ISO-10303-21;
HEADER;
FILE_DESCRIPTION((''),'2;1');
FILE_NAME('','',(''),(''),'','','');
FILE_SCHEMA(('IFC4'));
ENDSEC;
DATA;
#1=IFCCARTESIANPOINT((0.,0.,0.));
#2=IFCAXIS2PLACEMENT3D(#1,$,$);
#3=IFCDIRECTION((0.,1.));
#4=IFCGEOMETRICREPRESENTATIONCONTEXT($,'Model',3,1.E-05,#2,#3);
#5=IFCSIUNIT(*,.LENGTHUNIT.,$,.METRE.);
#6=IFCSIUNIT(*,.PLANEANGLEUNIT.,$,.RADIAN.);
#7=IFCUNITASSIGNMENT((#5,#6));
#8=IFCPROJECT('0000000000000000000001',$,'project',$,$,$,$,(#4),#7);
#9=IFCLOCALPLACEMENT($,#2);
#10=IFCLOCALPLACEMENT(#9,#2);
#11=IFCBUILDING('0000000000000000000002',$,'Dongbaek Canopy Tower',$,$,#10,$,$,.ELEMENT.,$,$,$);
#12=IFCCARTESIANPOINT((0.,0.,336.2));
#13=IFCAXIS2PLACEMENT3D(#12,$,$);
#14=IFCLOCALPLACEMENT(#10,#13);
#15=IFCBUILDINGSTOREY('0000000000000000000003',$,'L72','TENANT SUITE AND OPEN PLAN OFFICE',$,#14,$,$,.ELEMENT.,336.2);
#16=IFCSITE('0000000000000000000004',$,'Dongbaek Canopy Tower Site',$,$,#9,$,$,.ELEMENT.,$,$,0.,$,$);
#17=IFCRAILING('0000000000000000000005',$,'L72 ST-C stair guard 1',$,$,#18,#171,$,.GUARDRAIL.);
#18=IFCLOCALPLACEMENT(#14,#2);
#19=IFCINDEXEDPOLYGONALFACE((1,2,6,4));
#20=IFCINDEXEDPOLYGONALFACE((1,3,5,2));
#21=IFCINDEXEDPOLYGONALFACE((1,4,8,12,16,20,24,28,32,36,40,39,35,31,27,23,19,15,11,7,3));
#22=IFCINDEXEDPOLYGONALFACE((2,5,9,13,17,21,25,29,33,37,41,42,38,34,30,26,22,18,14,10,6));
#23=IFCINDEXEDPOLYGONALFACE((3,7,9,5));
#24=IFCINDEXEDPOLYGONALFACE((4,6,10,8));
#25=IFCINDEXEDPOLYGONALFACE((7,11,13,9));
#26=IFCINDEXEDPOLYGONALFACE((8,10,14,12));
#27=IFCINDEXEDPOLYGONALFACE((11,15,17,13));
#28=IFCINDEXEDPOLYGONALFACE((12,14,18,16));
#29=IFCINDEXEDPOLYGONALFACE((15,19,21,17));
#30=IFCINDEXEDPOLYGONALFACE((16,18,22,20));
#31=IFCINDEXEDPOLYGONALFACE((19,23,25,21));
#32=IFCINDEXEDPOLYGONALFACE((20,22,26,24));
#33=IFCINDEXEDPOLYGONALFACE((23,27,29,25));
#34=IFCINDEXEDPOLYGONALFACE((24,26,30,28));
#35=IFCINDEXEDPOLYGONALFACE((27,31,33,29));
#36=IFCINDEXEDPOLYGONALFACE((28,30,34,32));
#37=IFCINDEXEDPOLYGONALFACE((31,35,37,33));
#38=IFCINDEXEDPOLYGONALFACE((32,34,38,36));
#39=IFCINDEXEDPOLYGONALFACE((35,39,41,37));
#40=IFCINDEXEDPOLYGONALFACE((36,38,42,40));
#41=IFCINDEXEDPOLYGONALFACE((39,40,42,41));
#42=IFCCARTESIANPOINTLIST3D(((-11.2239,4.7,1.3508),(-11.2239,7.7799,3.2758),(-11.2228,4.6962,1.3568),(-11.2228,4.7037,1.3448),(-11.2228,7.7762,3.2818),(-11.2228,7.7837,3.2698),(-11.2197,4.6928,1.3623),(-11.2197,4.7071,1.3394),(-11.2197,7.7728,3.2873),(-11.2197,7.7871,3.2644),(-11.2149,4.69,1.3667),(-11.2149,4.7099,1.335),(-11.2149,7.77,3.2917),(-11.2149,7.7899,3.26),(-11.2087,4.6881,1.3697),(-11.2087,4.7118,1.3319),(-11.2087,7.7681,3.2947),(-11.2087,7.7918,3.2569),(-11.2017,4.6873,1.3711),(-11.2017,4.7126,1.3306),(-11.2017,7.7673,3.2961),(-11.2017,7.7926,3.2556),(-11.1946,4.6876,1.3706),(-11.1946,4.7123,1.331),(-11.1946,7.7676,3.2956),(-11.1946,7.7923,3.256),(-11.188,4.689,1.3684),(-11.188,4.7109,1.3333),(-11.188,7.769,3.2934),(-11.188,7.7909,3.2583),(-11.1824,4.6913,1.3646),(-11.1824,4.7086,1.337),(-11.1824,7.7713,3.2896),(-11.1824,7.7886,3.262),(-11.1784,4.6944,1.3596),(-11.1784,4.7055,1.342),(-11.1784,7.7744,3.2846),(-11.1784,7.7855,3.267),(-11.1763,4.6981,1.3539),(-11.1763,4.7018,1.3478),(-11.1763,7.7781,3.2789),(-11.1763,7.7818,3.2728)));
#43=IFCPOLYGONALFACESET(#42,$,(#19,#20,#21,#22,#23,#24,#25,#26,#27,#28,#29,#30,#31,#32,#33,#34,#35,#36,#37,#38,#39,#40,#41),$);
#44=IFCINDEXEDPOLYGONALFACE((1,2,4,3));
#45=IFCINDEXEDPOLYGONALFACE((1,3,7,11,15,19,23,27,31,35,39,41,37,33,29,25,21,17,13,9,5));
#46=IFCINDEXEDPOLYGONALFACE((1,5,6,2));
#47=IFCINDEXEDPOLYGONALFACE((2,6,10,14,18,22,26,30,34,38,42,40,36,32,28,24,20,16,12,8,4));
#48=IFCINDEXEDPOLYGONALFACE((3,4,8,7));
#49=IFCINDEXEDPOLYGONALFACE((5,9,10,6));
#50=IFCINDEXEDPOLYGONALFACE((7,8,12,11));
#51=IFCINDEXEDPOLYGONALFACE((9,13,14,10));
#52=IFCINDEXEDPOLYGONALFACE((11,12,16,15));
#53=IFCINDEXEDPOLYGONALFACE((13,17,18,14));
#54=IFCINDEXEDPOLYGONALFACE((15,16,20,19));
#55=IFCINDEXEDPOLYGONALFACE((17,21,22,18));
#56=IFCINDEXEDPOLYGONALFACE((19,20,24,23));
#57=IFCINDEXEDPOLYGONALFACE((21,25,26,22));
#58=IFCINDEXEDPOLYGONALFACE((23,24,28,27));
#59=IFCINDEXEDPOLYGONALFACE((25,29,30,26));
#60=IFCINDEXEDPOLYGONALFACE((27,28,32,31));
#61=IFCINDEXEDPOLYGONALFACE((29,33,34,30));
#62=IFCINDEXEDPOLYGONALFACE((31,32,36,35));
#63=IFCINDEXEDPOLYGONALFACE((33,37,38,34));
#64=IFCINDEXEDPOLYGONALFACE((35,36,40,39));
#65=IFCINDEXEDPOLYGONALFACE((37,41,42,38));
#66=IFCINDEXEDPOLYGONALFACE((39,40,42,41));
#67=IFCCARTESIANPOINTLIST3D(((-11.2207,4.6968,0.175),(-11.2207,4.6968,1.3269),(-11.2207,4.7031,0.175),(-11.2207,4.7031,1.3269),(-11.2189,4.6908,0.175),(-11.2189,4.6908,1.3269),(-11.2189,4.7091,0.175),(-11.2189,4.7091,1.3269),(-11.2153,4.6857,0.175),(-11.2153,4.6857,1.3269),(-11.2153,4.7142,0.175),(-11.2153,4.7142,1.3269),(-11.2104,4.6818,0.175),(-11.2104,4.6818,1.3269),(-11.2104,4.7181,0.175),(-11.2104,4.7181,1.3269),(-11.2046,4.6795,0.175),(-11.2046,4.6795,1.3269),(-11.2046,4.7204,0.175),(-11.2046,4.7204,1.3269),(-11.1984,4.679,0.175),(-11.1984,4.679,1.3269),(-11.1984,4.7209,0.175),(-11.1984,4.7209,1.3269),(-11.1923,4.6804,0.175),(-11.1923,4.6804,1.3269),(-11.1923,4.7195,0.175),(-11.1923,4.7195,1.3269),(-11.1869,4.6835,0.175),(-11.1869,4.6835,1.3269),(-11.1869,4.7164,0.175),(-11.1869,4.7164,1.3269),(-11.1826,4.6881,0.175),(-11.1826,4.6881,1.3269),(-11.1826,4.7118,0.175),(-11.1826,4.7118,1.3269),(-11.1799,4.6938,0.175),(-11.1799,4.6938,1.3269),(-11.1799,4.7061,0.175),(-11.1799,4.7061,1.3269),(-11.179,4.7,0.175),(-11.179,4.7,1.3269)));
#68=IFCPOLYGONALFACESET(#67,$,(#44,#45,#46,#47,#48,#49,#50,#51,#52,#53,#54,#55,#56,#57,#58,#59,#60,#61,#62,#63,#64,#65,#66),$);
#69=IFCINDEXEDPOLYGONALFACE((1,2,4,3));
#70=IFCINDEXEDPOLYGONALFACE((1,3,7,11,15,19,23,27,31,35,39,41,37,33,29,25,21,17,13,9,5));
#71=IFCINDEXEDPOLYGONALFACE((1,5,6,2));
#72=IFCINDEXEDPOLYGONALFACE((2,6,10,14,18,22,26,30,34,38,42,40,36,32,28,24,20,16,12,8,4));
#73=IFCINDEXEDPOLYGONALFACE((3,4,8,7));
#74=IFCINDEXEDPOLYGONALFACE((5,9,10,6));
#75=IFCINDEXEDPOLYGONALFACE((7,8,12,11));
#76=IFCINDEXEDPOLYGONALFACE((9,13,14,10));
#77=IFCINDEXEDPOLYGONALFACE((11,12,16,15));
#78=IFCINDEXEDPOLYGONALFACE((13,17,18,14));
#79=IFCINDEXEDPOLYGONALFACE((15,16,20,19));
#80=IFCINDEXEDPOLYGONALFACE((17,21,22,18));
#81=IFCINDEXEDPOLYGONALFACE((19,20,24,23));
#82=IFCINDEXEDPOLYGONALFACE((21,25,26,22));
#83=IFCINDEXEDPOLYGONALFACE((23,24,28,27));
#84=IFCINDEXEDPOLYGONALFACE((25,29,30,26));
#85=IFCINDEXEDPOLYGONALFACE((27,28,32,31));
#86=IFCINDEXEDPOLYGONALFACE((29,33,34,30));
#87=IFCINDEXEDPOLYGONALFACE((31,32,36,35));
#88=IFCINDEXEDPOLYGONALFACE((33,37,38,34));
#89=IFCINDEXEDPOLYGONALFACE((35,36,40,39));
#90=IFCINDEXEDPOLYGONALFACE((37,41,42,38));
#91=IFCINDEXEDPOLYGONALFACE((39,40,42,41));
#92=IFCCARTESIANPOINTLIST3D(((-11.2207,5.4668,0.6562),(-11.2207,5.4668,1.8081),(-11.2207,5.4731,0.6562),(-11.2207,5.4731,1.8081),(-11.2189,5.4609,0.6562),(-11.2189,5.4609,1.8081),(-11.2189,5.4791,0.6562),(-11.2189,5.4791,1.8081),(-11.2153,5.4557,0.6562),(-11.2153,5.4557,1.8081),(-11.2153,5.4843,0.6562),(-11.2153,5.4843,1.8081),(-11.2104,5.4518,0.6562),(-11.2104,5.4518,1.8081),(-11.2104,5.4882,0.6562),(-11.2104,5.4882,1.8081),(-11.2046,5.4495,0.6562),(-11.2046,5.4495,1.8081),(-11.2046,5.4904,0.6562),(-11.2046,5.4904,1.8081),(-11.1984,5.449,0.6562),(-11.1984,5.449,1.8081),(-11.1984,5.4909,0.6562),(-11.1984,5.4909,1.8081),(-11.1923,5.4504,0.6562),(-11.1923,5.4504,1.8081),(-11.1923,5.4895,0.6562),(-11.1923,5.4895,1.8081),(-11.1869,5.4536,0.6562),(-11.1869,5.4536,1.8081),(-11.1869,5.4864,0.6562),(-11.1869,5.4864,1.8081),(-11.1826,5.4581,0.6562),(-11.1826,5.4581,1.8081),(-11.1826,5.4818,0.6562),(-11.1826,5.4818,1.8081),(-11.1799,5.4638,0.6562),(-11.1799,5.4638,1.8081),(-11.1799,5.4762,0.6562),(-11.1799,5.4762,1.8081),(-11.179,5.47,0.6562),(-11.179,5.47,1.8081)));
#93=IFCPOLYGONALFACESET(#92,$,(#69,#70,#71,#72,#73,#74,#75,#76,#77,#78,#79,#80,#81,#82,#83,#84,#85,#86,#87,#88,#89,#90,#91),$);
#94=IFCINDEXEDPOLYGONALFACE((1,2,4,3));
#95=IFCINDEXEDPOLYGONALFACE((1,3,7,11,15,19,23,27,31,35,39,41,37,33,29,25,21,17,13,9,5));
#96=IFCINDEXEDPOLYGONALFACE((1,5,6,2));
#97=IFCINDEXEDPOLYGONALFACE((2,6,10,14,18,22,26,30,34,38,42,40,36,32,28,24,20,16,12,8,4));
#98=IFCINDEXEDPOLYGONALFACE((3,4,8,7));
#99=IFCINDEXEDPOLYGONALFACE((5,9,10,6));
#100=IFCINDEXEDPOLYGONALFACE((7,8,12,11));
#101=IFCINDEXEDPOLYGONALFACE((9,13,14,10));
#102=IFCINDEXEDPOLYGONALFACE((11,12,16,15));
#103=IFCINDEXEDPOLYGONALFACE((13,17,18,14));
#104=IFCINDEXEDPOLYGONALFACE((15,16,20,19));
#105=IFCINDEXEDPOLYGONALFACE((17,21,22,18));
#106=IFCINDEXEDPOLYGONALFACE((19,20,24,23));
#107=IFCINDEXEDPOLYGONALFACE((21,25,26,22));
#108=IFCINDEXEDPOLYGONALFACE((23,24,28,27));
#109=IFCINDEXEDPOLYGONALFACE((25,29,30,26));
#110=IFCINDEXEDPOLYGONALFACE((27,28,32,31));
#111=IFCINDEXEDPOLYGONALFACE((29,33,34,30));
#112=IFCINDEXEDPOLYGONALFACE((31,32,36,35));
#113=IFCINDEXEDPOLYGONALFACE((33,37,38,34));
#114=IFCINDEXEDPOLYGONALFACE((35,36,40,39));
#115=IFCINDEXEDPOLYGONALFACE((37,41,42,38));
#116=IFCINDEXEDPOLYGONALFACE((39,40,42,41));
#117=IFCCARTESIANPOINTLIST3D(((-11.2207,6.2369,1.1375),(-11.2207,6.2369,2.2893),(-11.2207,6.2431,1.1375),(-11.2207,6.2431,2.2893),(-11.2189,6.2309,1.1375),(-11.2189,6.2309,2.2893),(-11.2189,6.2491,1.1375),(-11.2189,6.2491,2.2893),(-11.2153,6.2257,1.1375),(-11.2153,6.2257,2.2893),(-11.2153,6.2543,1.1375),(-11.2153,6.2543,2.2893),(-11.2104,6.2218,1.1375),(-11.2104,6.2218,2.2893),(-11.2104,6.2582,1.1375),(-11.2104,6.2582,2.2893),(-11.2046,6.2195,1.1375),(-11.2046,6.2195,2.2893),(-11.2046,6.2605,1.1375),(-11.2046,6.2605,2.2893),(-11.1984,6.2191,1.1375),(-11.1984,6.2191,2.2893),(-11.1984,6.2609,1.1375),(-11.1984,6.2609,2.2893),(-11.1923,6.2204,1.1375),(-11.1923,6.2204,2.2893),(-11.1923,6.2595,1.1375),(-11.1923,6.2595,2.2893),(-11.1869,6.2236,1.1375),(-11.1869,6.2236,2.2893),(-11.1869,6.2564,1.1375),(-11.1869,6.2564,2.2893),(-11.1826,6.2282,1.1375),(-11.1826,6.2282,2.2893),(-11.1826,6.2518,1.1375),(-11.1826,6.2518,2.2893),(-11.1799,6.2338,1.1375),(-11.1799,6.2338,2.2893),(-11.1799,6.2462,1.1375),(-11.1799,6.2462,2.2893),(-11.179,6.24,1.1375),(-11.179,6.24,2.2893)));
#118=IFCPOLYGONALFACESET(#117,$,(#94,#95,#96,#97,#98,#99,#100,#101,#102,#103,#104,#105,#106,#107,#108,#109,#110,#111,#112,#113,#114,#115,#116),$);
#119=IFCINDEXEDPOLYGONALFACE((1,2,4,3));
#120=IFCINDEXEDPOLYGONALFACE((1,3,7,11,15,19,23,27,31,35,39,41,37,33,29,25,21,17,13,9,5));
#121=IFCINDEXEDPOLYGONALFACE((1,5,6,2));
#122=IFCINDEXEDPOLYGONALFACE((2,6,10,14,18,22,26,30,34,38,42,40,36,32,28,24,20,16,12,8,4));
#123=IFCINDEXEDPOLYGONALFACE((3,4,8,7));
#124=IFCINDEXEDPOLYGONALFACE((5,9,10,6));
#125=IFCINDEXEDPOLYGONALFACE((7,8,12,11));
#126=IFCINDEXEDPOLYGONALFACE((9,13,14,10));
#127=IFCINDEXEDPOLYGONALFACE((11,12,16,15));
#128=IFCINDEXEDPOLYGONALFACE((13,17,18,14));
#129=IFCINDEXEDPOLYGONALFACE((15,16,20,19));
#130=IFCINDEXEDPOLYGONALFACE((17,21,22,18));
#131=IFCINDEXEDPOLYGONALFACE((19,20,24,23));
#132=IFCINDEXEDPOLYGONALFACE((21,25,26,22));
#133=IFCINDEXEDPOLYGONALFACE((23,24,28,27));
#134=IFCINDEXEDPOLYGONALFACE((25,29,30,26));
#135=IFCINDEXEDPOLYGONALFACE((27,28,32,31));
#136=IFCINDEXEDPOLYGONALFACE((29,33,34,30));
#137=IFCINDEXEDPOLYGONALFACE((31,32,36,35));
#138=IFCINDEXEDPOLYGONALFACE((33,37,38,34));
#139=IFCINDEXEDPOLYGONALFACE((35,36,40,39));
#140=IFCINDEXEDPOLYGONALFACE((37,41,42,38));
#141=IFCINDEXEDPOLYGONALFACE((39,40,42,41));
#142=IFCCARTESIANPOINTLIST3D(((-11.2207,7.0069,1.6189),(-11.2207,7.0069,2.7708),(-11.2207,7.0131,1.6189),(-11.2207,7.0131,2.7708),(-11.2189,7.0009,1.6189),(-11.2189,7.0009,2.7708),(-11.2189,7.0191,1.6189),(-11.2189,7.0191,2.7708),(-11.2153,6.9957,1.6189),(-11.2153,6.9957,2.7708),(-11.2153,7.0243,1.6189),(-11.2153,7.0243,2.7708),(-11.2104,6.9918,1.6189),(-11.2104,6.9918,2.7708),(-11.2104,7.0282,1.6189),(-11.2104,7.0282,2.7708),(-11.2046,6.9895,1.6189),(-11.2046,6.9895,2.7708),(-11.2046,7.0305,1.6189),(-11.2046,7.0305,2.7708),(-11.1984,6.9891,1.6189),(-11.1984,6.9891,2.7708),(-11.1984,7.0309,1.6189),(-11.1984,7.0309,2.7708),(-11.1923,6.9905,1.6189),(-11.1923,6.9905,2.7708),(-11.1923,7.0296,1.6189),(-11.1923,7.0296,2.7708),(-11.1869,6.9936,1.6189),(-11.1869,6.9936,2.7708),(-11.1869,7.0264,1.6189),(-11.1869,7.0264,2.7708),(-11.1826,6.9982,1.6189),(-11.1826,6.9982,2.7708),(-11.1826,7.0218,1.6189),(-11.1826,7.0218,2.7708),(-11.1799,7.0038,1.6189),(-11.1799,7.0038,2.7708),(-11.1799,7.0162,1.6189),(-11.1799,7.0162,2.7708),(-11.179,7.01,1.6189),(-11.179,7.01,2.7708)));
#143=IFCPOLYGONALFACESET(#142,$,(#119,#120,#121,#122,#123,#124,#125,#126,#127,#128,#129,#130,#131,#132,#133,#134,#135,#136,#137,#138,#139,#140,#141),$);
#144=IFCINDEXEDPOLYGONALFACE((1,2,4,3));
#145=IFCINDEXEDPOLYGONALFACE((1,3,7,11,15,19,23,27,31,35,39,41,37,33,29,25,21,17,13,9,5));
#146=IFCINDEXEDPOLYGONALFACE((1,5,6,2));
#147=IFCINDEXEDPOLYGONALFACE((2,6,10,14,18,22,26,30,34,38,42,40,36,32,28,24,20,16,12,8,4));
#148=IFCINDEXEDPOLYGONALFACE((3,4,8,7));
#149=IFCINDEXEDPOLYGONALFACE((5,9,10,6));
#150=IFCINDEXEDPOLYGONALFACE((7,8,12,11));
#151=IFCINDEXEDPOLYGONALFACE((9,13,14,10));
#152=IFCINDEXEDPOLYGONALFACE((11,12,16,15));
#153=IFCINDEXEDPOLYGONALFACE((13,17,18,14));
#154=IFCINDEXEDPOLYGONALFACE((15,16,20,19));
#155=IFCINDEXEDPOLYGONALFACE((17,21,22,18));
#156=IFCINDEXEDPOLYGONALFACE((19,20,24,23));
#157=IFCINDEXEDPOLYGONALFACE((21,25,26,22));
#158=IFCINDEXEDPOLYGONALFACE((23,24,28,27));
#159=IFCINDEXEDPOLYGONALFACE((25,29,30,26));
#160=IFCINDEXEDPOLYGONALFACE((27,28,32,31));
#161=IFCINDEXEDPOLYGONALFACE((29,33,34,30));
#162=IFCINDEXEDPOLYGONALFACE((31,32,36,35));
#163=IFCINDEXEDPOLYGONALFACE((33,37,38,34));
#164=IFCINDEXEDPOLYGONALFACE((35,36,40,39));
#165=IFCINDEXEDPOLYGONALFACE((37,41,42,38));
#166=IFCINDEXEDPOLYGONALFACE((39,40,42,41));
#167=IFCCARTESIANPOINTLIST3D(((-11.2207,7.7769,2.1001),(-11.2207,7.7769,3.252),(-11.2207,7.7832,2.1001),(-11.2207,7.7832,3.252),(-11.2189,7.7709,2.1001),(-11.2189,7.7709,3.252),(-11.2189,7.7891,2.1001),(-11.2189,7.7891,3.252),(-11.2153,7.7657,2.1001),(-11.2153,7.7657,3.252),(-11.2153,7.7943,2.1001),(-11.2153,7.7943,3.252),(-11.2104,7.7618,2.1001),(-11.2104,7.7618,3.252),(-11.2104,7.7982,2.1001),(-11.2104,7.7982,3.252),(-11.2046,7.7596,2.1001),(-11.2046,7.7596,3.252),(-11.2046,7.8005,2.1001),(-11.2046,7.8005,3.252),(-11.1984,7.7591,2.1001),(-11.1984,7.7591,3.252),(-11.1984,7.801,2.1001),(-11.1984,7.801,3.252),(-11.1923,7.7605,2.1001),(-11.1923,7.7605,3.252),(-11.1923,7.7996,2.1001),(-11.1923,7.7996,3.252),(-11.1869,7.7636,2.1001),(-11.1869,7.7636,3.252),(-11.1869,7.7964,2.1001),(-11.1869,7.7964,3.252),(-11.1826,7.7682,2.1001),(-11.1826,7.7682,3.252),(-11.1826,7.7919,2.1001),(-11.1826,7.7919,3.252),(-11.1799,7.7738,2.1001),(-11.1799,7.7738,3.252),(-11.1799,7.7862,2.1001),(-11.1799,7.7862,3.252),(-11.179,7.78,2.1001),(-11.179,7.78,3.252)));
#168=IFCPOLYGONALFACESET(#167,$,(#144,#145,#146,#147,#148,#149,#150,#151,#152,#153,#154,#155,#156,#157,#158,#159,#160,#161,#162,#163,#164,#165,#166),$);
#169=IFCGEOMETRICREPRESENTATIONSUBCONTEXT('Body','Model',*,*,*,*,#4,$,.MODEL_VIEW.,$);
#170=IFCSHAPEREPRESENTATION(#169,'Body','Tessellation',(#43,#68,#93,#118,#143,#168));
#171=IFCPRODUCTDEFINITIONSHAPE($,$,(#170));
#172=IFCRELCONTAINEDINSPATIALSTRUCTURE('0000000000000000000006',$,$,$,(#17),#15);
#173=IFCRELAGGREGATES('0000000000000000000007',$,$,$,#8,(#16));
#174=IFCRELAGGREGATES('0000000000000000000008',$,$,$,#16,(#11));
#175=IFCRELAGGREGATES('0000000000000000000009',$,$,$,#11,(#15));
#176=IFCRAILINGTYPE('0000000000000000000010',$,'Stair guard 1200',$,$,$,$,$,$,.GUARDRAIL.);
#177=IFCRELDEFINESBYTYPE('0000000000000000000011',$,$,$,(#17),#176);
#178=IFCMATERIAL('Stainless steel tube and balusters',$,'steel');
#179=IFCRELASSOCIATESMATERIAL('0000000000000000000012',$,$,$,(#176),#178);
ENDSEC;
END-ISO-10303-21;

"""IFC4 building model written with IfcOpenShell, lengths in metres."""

from ifc_helpers import new_model, si_unit, direction, frame, origin, origin_2d, place, context, subcontext, project, spatial, circle, extrude, material, type_object, element, save


model = new_model("IFC4")

# Units and contexts
model_context = context("Model", 3, precision=1e-05, world=origin(), true_north=direction((0.0, 1.0)))
body_context = subcontext(model_context, "Body", "Model", "MODEL_VIEW")
ifc_project = project(units=[si_unit("LENGTHUNIT", "METRE"), si_unit("PLANEANGLEUNIT", "RADIAN")], contexts=[model_context])

# Site, building, storey
site_placement = place(None, origin())
site = spatial("IfcSite", under=ifc_project, at=site_placement, Name="Dongbaek Canopy Tower Site", CompositionType="ELEMENT", RefElevation=0.0)
building_placement = place(site_placement, origin())
building = spatial("IfcBuilding", under=site, at=building_placement, Name="Dongbaek Canopy Tower", CompositionType="ELEMENT")
storey_placement = place(building_placement, frame((0.0, 0.0, 336.2)))
storey = spatial("IfcBuildingStorey", under=building, at=storey_placement, Name="L72", Description="TENANT SUITE AND OPEN PLAN OFFICE", CompositionType="ELEMENT", Elevation=336.2)

# Railing
ifc_material_1 = material(Name="Stainless steel tube and balusters", Category="steel")
railing_type_1 = type_object("IfcRailingType", Name="Stair guard 1200", PredefinedType="GUARDRAIL", material=ifc_material_1)
railing_1_placement = place(storey_placement, frame((-11.2, 4.7, 0.175)))
element("IfcRailing", 1, at=railing_1_placement, inside=storey, type_object=railing_type_1, Name="L72 ST-C stair guard 1", PredefinedType="GUARDRAIL", context=body_context, shape_type="SweptSolid", body=[
    extrude(circle(Radius=0.0239, at=origin_2d()), frame((0.0, 0.0, 1.1758), z_axis=(0.0, 0.847998, 0.529999), x_axis=(-1.0, 0.0, 0.0)), (0.0, 0.0, 1.0), 3.6321),
    extrude(circle(Radius=0.021, at=origin_2d()), origin(), (0.0, 0.0, 1.0), 1.1519),
    extrude(circle(Radius=0.021, at=origin_2d()), frame((0.0, 0.77, 0.4812)), (0.0, 0.0, 1.0), 1.1519),
    extrude(circle(Radius=0.021, at=origin_2d()), frame((0.0, 1.54, 0.9624)), (0.0, 0.0, 1.0), 1.1519),
    extrude(circle(Radius=0.021, at=origin_2d()), frame((0.0, 2.3101, 1.4438)), (0.0, 0.0, 1.0), 1.1519),
    extrude(circle(Radius=0.021, at=origin_2d()), frame((0.0, 3.0801, 1.925)), (0.0, 0.0, 1.0), 1.1519),
])

save(model, "model.ifc")
